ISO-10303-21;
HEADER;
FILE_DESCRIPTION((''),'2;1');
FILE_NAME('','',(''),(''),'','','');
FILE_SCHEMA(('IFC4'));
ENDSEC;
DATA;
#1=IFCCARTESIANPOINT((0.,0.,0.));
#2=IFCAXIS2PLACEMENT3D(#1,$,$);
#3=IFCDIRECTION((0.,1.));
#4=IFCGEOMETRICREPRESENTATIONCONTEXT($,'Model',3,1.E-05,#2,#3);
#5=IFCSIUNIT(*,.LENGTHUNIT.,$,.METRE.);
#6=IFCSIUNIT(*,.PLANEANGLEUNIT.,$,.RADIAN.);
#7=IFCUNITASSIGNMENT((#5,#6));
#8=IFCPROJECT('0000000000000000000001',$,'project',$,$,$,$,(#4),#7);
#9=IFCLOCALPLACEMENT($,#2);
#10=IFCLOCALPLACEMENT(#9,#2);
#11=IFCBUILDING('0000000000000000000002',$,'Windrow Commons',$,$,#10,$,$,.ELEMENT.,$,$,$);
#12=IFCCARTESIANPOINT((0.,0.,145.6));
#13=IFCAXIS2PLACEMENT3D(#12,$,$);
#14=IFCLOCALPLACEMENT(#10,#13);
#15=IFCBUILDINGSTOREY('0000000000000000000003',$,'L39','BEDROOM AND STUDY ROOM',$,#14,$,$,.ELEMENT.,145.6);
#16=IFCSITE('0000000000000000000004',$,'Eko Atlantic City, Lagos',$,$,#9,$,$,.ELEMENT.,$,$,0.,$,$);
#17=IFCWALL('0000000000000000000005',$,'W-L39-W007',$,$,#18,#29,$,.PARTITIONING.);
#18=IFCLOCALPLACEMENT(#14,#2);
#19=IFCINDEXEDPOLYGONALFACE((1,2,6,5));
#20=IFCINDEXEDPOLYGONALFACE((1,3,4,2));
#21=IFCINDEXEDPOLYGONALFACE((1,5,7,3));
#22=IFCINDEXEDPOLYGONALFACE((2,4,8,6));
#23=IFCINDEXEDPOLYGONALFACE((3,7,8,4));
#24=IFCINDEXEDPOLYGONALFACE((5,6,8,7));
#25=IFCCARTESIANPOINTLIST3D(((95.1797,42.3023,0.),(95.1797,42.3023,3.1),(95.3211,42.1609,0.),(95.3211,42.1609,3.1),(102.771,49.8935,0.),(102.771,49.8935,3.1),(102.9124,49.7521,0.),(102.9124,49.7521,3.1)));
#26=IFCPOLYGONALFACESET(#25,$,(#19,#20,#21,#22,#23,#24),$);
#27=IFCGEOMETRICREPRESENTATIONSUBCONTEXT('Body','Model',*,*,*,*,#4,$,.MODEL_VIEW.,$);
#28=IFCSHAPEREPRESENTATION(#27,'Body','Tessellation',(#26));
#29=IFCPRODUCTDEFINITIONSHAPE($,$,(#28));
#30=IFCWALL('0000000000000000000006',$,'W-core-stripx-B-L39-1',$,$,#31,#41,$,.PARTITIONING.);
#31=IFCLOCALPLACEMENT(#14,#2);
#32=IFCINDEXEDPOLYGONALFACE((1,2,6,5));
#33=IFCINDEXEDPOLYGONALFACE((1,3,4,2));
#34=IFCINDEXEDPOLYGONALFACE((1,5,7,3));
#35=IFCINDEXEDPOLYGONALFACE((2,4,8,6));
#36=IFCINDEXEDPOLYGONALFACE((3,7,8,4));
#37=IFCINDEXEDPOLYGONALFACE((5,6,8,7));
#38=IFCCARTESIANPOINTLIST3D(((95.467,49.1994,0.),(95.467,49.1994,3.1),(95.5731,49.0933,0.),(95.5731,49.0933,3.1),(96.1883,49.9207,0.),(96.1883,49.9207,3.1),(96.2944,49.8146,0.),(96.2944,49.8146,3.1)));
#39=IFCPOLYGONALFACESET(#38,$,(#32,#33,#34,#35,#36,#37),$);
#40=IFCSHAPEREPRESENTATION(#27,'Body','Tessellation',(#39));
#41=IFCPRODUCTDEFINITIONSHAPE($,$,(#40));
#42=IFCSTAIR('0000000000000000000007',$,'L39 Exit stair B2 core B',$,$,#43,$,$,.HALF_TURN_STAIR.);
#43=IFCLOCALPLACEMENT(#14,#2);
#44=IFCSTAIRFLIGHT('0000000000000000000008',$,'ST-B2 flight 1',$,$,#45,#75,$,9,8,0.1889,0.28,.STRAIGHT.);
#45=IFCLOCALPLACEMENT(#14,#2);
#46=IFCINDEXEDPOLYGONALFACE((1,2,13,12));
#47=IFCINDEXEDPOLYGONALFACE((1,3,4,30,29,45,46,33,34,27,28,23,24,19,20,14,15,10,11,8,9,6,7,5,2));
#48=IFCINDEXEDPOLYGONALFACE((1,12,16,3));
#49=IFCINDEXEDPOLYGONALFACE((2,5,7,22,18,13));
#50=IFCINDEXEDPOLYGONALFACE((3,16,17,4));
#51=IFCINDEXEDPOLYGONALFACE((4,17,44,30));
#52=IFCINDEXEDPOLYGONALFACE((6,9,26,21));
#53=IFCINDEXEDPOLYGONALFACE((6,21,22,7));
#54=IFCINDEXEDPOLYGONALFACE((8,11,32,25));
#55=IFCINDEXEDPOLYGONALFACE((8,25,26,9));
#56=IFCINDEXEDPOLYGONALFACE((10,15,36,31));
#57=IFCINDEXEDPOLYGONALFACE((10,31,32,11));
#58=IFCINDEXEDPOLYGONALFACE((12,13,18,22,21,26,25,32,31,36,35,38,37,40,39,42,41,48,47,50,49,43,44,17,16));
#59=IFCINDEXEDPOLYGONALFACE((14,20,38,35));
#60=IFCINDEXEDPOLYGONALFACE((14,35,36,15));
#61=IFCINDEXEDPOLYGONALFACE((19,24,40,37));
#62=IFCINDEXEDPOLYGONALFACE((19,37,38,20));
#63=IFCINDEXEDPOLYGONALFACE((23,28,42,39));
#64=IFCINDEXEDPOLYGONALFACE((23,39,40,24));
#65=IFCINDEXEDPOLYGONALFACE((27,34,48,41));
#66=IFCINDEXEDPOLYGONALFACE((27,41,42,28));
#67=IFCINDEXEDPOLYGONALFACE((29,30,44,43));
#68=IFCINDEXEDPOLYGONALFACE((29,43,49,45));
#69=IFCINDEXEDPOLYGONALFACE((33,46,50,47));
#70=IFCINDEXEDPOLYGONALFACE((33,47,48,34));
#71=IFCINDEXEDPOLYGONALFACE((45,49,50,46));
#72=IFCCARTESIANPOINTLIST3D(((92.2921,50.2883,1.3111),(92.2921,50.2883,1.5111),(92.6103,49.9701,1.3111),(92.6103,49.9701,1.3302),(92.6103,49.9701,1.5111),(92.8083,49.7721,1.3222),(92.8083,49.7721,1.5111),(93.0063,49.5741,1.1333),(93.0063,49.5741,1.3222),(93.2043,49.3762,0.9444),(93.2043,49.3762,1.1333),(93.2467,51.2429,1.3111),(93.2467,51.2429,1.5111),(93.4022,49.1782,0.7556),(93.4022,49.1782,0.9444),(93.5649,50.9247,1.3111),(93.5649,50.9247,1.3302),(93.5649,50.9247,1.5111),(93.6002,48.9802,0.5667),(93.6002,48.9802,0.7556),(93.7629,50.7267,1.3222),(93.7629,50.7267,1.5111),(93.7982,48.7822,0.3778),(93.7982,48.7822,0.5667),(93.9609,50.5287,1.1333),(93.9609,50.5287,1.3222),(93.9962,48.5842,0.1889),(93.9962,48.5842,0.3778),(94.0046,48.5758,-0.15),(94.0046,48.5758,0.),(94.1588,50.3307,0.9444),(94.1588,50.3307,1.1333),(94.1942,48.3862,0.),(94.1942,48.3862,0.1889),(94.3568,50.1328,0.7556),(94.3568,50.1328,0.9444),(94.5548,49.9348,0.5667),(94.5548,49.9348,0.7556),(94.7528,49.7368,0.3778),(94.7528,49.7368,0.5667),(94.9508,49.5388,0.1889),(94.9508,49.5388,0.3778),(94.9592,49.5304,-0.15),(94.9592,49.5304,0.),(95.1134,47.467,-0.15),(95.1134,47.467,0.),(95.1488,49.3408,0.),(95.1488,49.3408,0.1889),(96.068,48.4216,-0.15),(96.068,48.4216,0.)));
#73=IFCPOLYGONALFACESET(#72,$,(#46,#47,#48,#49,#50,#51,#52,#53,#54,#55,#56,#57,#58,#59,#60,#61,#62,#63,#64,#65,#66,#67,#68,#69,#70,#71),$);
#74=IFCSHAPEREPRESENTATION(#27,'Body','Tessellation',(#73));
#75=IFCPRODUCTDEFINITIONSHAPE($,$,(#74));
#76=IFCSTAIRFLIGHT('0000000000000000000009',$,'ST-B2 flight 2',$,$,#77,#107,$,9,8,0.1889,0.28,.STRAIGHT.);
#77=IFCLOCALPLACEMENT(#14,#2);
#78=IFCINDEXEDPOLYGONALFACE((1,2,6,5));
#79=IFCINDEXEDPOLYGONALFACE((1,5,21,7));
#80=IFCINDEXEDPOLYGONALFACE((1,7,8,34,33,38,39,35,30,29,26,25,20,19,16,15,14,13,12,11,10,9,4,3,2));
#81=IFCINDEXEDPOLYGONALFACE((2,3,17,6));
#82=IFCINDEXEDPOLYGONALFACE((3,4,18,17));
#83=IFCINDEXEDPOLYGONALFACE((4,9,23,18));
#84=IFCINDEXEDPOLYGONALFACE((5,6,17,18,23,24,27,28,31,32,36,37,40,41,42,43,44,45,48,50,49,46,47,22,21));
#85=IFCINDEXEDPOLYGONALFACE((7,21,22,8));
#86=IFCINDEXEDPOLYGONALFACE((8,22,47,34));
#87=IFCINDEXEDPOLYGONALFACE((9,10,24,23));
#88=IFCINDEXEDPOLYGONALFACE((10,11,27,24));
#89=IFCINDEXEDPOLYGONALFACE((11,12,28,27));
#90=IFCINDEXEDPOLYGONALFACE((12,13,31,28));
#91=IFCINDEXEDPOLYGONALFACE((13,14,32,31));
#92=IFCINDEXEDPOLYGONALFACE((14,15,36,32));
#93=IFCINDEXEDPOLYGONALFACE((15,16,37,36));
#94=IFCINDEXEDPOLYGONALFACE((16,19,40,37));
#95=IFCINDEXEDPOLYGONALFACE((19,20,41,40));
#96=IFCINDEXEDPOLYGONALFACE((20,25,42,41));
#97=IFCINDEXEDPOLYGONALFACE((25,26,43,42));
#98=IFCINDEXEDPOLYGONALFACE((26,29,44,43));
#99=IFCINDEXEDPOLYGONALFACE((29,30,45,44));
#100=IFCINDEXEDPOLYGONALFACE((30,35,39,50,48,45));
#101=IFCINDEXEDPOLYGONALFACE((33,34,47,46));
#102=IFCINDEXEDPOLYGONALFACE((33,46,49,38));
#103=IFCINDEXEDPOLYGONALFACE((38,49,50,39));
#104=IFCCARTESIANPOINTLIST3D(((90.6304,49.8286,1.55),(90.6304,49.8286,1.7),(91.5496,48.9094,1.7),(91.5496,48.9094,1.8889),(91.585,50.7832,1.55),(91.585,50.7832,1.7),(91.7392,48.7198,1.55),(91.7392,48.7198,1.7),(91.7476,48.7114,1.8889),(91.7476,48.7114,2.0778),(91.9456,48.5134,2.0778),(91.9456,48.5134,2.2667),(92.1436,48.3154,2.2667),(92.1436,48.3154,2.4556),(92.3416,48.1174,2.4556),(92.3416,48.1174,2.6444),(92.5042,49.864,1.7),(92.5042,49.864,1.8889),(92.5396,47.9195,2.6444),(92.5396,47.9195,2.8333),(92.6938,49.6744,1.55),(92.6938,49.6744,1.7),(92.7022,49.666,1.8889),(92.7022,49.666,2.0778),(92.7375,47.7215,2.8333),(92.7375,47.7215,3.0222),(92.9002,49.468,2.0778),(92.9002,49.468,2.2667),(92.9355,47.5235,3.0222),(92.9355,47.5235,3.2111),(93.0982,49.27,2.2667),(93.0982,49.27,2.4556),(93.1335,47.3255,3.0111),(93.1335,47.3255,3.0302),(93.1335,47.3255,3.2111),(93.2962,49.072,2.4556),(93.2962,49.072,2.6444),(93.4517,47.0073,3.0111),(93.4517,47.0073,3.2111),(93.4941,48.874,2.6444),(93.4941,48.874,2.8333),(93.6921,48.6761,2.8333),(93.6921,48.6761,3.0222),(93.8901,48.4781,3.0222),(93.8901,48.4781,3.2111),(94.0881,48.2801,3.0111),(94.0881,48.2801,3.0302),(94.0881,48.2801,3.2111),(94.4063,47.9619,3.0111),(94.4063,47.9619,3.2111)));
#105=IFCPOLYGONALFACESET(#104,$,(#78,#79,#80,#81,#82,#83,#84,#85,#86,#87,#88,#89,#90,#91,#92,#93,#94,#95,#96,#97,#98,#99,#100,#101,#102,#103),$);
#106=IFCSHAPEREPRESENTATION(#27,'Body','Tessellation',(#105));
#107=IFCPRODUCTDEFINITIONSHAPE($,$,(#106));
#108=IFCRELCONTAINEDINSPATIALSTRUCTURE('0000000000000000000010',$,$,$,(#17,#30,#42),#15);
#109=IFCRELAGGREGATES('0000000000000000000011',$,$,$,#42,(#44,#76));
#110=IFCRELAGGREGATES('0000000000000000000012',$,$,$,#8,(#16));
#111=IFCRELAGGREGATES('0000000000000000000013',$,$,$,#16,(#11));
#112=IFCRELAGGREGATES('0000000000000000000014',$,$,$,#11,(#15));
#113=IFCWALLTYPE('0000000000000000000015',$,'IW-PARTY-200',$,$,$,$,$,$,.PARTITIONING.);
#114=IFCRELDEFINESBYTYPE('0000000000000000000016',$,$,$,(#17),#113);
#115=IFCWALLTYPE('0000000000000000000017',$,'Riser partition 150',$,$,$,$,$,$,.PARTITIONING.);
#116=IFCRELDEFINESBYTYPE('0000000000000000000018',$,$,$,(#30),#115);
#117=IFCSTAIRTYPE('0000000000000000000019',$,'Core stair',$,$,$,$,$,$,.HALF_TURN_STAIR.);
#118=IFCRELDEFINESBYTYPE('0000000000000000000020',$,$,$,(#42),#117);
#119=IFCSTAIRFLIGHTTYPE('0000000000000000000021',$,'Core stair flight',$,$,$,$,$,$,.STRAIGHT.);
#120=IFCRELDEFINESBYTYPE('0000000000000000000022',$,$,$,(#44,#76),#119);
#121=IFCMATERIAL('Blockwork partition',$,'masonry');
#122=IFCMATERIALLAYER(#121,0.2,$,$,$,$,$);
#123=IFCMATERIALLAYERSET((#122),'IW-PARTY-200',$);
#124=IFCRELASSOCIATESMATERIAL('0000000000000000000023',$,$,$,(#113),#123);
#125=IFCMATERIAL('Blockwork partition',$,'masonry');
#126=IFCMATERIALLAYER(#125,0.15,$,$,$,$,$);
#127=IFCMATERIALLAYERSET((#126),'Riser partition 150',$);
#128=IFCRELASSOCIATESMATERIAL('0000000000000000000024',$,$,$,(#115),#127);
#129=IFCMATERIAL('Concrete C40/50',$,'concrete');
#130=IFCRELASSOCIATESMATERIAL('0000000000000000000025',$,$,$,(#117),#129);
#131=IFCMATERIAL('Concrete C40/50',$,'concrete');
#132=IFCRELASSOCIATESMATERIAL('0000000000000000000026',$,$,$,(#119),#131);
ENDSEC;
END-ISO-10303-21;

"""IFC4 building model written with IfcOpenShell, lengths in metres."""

from ifc_helpers import new_model, si_unit, direction, frame, frame_2d, origin, place, context, subcontext, project, spatial, polyline, rectangle, outline, extrude, material, layer, layer_set, type_object, element, aggregate, save


model = new_model("IFC4")

# Units and contexts
model_context = context("Model", 3, precision=1e-05, world=origin(), true_north=direction((0.0, 1.0)))
body_context = subcontext(model_context, "Body", "Model", "MODEL_VIEW")
ifc_project = project(units=[si_unit("LENGTHUNIT", "METRE"), si_unit("PLANEANGLEUNIT", "RADIAN")], contexts=[model_context])

# Site, building, storey
site_placement = place(None, origin())
site = spatial("IfcSite", under=ifc_project, at=site_placement, Name="Eko Atlantic City, Lagos", CompositionType="ELEMENT", RefElevation=0.0)
building_placement = place(site_placement, origin())
building = spatial("IfcBuilding", under=site, at=building_placement, Name="Windrow Commons", CompositionType="ELEMENT")
storey_placement = place(building_placement, frame((0.0, 0.0, 145.6)))
storey = spatial("IfcBuildingStorey", under=building, at=storey_placement, Name="L39", Description="BEDROOM AND STUDY ROOM", CompositionType="ELEMENT", Elevation=145.6)

# Walls
ifc_material_1 = material(Name="Blockwork partition", Category="masonry")
ifc_layer_1 = layer(ifc_material_1, 0.2)
ifc_layer_set_1 = layer_set([ifc_layer_1], Name="IW-PARTY-200")
wall_type_1 = type_object("IfcWallType", Name="IW-PARTY-200", PredefinedType="PARTITIONING", material=ifc_layer_set_1)
wall_1_placement = place(storey_placement, frame((95.2504, 42.2316, 0.0), z_axis=(0.0, 0.0, 1.0), x_axis=(0.707111, 0.707102, 0.0)))
element("IfcWall", 1, at=wall_1_placement, inside=storey, type_object=wall_type_1, Name="W-L39-W007", PredefinedType="PARTITIONING", context=body_context, shape_type="SweptSolid", body=[
    extrude(rectangle(XDim=10.7356, YDim=0.2, at=frame_2d((5.3678, 0.0))), origin(), (0.0, 0.0, 1.0), 3.1),
])
ifc_material_2 = material(Name="Blockwork partition", Category="masonry")
ifc_layer_2 = layer(ifc_material_2, 0.15)
ifc_layer_set_2 = layer_set([ifc_layer_2], Name="Riser partition 150")
wall_type_2 = type_object("IfcWallType", Name="Riser partition 150", PredefinedType="PARTITIONING", material=ifc_layer_set_2)
wall_2_placement = place(storey_placement, frame((95.52, 49.1463, 0.0), z_axis=(0.0, 0.0, 1.0), x_axis=(0.707107, 0.707107, 0.0)))
element("IfcWall", 2, at=wall_2_placement, inside=storey, type_object=wall_type_2, Name="W-core-stripx-B-L39-1", PredefinedType="PARTITIONING", context=body_context, shape_type="SweptSolid", body=[
    extrude(rectangle(XDim=1.0201, YDim=0.15, at=frame_2d((0.5101, 0.0))), origin(), (0.0, 0.0, 1.0), 3.1),
])

# Stair, stair flights
ifc_material_3 = material(Name="Concrete C40/50", Category="concrete")
stair_type = type_object("IfcStairType", Name="Core stair", PredefinedType="HALF_TURN_STAIR", material=ifc_material_3)
stair_placement = place(storey_placement, origin())
stair = element("IfcStair", 3, at=stair_placement, inside=storey, type_object=stair_type, Name="L39 Exit stair B2 core B", PredefinedType="HALF_TURN_STAIR")
ifc_material_4 = material(Name="Concrete C40/50", Category="concrete")
stair_flight_type = type_object("IfcStairFlightType", Name="Core stair flight", PredefinedType="STRAIGHT", material=ifc_material_4)
stair_flight_1_placement = place(storey_placement, frame((94.6715, 48.8635, 0.0), z_axis=(0.0, 0.0, 1.0), x_axis=(-0.707107, 0.707107, 0.0)))
stair_flight_1 = element("IfcStairFlight", 4, at=stair_flight_1_placement, type_object=stair_flight_type, Name="ST-B2 flight 1", NumberOfRisers=9, NumberOfTreads=8, PredefinedType="STRAIGHT", RiserHeight=0.1889, TreadLength=0.28, context=body_context, shape_type="SweptSolid", body=[
    extrude(outline(polyline([(-1.3, -0.15), (-1.3, 0.0), (0.0, 0.0), (0.0, 0.1889), (0.28, 0.1889), (0.28, 0.3778), (0.56, 0.3778), (0.56, 0.5667), (0.84, 0.5667), (0.84, 0.7556), (1.12, 0.7556), (1.12, 0.9444), (1.4, 0.9444), (1.4, 1.1333), (1.68, 1.1333), (1.68, 1.3222), (1.96, 1.3222), (1.96, 1.5111), (2.24, 1.5111), (2.69, 1.5111), (2.69, 1.3111), (2.24, 1.3111), (2.24, 1.3302), (0.2682, 0.0), (0.2682, -0.15), (-1.3, -0.15)])), frame((0.0, 0.675, 0.0), z_axis=(0.0, -1.0, 0.0), x_axis=(1.0, 0.0, 0.0)), (0.0, 0.0, 1.0), 1.35),
])
stair_flight_2_placement = place(storey_placement, frame((92.0269, 49.3867, 1.7), z_axis=(0.0, 0.0, 1.0), x_axis=(0.707107, -0.707107, 0.0)))
stair_flight_2 = element("IfcStairFlight", 5, at=stair_flight_2_placement, type_object=stair_flight_type, Name="ST-B2 flight 2", NumberOfRisers=9, NumberOfTreads=8, PredefinedType="STRAIGHT", RiserHeight=0.1889, TreadLength=0.28, context=body_context, shape_type="SweptSolid", body=[
    extrude(outline(polyline([(-1.3, -0.15), (-1.3, 0.0), (0.0, 0.0), (0.0, 0.1889), (0.28, 0.1889), (0.28, 0.3778), (0.56, 0.3778), (0.56, 0.5667), (0.84, 0.5667), (0.84, 0.7556), (1.12, 0.7556), (1.12, 0.9444), (1.4, 0.9444), (1.4, 1.1333), (1.68, 1.1333), (1.68, 1.3222), (1.96, 1.3222), (1.96, 1.5111), (2.24, 1.5111), (2.69, 1.5111), (2.69, 1.3111), (2.24, 1.3111), (2.24, 1.3302), (0.2682, 0.0), (0.2682, -0.15), (-1.3, -0.15)])), frame((0.0, 0.675, 0.0), z_axis=(0.0, -1.0, 0.0), x_axis=(1.0, 0.0, 0.0)), (0.0, 0.0, 1.0), 1.35),
])
aggregate(stair, [stair_flight_1, stair_flight_2])

save(model, "model.ifc")
